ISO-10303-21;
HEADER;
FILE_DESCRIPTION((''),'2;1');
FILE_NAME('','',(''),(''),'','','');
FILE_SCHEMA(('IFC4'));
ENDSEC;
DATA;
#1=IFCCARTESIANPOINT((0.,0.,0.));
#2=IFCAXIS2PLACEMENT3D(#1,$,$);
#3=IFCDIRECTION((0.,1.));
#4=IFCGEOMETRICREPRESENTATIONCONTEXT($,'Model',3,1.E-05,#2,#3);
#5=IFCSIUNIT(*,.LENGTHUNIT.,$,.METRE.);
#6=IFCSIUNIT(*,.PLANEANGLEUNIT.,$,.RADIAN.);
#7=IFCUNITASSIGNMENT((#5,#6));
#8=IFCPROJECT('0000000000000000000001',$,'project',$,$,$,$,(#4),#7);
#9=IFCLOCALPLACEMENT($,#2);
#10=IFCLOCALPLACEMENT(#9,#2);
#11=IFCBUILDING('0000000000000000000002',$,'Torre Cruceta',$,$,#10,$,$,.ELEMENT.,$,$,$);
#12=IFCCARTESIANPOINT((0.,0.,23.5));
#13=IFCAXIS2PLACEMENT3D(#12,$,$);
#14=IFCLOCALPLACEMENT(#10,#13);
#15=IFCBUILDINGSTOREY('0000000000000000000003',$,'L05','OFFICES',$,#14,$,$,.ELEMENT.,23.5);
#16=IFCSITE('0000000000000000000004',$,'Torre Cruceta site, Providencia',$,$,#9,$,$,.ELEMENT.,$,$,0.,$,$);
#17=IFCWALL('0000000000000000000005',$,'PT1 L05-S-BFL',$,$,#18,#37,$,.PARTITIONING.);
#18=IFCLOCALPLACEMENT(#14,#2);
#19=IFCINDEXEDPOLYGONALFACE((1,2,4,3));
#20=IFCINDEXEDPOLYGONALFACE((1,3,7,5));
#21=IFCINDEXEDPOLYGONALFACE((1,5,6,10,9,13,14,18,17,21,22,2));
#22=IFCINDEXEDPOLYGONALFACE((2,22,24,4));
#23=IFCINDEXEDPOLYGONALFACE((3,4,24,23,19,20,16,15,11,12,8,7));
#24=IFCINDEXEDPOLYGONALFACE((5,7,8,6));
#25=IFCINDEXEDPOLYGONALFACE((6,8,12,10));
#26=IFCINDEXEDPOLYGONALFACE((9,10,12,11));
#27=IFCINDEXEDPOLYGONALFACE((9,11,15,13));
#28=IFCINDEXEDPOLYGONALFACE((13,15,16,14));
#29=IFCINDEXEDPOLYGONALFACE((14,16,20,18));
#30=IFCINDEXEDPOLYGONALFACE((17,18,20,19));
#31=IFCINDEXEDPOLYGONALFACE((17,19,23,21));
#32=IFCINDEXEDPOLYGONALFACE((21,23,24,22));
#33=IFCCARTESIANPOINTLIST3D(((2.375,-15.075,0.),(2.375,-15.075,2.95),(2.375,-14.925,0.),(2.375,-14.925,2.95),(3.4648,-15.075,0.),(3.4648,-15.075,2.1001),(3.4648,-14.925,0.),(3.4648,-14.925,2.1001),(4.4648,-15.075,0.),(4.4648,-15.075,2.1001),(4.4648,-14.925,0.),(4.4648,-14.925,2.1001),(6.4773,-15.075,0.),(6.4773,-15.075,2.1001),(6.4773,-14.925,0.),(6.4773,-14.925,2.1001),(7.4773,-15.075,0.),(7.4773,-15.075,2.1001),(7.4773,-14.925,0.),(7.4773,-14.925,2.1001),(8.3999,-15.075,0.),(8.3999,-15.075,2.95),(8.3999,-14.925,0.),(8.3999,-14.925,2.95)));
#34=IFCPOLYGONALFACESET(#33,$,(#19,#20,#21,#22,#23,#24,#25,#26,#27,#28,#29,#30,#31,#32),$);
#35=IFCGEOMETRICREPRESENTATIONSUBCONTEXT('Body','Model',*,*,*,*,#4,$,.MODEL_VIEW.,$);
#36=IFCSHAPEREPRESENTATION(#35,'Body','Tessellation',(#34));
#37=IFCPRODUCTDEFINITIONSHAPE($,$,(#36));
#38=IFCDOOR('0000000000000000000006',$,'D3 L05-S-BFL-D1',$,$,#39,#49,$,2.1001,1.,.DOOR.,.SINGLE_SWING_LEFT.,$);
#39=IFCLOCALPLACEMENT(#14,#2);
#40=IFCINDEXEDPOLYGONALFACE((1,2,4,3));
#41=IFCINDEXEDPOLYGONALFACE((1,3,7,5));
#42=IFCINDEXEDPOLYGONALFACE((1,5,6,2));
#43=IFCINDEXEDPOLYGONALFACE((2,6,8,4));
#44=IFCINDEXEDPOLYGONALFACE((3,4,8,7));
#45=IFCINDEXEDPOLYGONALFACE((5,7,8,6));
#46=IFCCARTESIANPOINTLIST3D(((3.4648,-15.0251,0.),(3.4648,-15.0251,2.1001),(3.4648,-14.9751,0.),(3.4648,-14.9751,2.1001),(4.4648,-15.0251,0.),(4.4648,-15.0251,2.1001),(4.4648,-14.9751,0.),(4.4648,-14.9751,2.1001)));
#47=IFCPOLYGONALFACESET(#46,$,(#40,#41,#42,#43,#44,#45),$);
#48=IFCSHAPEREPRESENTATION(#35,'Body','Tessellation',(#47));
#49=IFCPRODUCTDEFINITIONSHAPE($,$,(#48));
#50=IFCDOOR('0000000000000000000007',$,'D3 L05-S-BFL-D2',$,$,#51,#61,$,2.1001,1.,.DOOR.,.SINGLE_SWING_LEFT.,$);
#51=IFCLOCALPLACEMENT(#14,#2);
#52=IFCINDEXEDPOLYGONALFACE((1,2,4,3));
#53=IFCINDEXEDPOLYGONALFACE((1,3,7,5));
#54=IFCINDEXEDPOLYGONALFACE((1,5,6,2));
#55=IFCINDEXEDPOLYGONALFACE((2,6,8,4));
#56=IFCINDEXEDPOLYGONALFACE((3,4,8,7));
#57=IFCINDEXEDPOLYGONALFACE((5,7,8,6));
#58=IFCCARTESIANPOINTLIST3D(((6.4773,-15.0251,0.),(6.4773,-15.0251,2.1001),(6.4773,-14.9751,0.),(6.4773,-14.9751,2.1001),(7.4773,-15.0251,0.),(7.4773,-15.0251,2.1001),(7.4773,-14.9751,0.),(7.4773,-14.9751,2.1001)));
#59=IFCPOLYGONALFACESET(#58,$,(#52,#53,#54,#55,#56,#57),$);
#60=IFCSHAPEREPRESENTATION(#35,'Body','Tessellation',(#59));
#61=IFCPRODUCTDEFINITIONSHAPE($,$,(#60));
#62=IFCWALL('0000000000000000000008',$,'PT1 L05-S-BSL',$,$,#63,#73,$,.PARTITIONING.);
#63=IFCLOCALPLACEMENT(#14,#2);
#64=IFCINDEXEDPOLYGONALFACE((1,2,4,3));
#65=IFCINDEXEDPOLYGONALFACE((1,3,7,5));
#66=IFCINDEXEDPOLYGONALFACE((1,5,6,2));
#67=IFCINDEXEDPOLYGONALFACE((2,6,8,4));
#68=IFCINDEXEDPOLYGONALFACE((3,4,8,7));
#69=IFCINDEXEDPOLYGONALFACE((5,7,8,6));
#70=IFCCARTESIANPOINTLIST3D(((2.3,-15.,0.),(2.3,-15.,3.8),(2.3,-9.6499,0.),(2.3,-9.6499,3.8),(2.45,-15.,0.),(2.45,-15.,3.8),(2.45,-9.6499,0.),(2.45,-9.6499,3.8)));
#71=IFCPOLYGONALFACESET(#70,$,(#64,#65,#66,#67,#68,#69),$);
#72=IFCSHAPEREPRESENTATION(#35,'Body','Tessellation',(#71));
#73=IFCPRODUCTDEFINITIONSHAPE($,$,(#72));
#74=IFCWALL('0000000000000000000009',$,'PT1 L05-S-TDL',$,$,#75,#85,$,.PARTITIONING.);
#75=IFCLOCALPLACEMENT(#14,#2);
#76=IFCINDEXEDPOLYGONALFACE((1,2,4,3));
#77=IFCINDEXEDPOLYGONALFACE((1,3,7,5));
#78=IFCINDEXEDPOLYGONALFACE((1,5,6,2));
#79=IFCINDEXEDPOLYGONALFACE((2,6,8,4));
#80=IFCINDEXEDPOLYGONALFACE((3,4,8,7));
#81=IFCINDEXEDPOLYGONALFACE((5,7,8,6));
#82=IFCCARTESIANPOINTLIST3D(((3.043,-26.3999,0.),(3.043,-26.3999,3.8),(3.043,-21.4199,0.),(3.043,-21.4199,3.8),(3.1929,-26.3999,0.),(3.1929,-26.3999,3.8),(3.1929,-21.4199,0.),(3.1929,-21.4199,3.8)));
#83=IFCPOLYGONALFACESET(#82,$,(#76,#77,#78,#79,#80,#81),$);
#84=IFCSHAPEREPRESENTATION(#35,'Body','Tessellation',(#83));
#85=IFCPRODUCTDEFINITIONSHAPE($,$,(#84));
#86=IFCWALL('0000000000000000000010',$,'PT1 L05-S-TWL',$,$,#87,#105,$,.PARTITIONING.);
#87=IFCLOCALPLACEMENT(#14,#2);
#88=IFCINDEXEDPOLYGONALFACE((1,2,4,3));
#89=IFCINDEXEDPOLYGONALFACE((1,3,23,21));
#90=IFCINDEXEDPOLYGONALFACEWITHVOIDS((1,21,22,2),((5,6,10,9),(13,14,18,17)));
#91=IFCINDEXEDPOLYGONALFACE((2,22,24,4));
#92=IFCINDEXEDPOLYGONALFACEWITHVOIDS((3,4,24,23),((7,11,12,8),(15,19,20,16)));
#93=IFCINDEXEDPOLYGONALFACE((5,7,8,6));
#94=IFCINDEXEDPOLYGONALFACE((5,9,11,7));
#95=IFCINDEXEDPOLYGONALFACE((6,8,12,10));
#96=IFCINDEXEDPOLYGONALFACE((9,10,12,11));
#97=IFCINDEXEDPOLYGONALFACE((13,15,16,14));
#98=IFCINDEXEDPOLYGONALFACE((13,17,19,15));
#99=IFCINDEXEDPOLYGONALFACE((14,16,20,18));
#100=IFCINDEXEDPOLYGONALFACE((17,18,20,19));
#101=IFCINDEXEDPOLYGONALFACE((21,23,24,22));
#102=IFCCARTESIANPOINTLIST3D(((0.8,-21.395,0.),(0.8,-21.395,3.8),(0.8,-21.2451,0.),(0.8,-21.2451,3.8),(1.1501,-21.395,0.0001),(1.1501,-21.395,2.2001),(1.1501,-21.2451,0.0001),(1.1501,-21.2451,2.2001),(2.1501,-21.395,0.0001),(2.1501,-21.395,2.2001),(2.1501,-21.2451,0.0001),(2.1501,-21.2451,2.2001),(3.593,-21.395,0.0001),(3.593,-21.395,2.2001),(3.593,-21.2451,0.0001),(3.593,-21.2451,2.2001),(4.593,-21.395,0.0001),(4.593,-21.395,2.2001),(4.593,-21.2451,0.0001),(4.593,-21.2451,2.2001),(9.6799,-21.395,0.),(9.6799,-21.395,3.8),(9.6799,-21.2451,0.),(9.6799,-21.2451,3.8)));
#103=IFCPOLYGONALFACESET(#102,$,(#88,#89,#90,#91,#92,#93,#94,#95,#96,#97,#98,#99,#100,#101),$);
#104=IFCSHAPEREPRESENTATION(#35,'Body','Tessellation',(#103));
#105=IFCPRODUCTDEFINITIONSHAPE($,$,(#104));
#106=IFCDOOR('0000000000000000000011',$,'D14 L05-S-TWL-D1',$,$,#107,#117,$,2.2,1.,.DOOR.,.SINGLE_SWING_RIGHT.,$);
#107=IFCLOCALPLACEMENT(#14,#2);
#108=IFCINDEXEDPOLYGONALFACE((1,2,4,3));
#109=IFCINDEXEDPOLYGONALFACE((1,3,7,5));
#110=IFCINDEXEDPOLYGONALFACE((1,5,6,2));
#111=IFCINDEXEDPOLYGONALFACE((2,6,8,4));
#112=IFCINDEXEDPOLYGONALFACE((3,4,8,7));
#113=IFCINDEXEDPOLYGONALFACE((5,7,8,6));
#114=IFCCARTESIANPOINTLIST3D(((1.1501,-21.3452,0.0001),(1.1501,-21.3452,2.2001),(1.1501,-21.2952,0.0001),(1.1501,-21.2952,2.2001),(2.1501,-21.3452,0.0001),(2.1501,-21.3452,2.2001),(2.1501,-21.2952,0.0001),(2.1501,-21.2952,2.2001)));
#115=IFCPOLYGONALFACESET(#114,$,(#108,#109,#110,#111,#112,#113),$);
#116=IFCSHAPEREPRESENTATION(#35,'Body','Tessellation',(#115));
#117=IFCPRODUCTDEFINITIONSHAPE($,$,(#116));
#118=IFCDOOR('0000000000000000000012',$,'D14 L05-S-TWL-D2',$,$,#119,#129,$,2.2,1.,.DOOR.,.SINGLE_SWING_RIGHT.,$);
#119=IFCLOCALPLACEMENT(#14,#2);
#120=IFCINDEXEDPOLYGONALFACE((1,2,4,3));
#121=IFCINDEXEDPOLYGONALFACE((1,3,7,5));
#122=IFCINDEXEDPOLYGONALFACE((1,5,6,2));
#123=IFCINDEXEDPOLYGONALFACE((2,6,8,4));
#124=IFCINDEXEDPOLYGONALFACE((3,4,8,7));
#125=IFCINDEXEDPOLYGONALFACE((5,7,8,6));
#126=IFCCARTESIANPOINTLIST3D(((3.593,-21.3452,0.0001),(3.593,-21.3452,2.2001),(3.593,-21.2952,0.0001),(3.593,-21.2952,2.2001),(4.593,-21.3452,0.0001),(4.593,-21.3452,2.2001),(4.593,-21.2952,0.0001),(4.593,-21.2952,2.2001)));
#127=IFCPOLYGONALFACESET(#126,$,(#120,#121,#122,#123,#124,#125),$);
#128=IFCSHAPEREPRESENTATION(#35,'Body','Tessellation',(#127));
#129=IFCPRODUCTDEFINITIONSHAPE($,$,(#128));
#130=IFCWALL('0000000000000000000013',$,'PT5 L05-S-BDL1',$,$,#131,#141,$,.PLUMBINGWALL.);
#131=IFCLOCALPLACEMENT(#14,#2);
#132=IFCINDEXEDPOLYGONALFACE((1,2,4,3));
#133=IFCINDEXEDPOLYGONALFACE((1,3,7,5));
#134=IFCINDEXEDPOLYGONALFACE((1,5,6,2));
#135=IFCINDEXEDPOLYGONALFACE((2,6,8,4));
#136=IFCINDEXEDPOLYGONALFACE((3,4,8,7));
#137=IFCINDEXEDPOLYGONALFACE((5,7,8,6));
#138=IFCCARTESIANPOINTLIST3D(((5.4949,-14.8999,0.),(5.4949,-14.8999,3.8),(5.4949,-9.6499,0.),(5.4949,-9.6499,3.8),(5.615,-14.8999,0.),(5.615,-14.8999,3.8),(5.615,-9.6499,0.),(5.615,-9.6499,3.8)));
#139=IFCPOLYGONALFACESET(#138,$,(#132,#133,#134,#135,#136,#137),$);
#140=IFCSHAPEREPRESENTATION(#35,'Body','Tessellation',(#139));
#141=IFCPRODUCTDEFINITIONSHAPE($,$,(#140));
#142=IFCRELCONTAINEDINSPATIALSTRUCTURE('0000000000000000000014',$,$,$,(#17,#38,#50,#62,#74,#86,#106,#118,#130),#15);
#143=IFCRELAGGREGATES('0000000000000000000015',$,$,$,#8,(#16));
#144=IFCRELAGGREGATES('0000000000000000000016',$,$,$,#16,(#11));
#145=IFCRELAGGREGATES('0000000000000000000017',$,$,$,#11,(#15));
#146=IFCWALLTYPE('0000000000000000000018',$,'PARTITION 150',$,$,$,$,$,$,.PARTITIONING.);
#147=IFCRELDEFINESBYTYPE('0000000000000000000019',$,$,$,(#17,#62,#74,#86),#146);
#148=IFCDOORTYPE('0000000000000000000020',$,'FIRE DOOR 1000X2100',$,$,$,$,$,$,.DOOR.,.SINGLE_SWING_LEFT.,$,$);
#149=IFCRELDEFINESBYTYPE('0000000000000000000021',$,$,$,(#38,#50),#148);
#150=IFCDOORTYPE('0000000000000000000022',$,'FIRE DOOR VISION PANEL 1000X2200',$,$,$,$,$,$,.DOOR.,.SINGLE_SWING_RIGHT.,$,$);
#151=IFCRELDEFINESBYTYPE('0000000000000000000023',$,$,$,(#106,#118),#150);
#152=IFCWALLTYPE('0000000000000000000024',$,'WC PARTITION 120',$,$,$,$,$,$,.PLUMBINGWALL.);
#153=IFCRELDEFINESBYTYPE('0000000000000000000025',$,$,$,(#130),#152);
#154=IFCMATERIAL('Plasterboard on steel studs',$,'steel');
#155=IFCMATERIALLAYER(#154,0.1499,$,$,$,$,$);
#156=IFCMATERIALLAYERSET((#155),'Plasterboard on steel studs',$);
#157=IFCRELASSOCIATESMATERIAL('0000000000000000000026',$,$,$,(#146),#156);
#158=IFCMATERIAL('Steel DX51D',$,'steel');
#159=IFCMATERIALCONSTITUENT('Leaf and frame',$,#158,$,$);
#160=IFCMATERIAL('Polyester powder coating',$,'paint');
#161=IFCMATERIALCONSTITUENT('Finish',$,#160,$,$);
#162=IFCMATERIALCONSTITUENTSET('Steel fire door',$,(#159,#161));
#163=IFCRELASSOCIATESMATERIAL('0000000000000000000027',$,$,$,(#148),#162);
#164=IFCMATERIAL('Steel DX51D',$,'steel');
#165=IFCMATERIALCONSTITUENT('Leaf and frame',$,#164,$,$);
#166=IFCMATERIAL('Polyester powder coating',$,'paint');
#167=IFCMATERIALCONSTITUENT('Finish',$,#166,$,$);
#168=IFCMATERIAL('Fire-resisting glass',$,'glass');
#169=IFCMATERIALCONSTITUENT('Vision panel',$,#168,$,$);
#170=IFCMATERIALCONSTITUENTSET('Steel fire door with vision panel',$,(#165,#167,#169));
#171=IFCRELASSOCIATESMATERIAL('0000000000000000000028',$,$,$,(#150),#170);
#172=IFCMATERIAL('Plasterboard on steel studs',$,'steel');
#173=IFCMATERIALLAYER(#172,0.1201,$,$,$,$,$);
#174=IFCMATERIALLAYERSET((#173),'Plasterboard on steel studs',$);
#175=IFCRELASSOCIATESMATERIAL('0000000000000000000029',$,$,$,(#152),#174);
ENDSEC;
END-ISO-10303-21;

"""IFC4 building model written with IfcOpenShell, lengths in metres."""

from ifc_helpers import new_model, si_unit, direction, frame, frame_2d, origin, place, context, subcontext, project, spatial, rectangle, extrude, material, layer, layer_set, constituent, constituent_set, type_object, element, fill, save


model = new_model("IFC4")

# Units and contexts
model_context = context("Model", 3, precision=1e-05, world=origin(), true_north=direction((0.0, 1.0)))
body_context = subcontext(model_context, "Body", "Model", "MODEL_VIEW")
ifc_project = project(units=[si_unit("LENGTHUNIT", "METRE"), si_unit("PLANEANGLEUNIT", "RADIAN")], contexts=[model_context])

# Site, building, storey
site_placement = place(None, origin())
site = spatial("IfcSite", under=ifc_project, at=site_placement, Name="Torre Cruceta site, Providencia", CompositionType="ELEMENT", RefElevation=0.0)
building_placement = place(site_placement, origin())
building = spatial("IfcBuilding", under=site, at=building_placement, Name="Torre Cruceta", CompositionType="ELEMENT")
storey_placement = place(building_placement, frame((0.0, 0.0, 23.5)))
storey = spatial("IfcBuildingStorey", under=building, at=storey_placement, Name="L05", Description="OFFICES", CompositionType="ELEMENT", Elevation=23.5)

# Wall, openings, doors
ifc_material_1 = material(Name="Plasterboard on steel studs", Category="steel")
ifc_layer_1 = layer(ifc_material_1, 0.1499)
ifc_layer_set_1 = layer_set([ifc_layer_1], Name="Plasterboard on steel studs")
wall_type_1 = type_object("IfcWallType", Name="PARTITION 150", PredefinedType="PARTITIONING", material=ifc_layer_set_1)
wall_1_placement = place(storey_placement, frame((2.375, -15.0, 0.0), z_axis=(0.0, 0.0, 1.0), x_axis=(1.0, 0.0, 0.0)))
wall_1 = element("IfcWall", 1, at=wall_1_placement, inside=storey, type_object=wall_type_1, Name="PT1 L05-S-BFL", PredefinedType="PARTITIONING", context=body_context, shape_type="SweptSolid", body=[
    extrude(rectangle(XDim=6.0249, YDim=0.1499, at=frame_2d((3.0125, 0.0))), origin(), (0.0, 0.0, 1.0), 2.95),
])
opening_1_placement = place(wall_1_placement, frame((1.0898, 0.0, 0.0)))
opening_1 = element("IfcOpeningElement", 2, at=opening_1_placement, cuts=wall_1, PredefinedType="OPENING", context=body_context, shape_type="SweptSolid", body=[
    extrude(rectangle(XDim=1.0, YDim=2.1001, at=frame_2d((0.5, 1.05))), frame((0.0, 0.085, 0.0), z_axis=(0.0, -1.0, 0.0), x_axis=(1.0, 0.0, 0.0)), (0.0, 0.0, 1.0), 0.1699),
])
opening_2_placement = place(wall_1_placement, frame((4.1023, 0.0, 0.0)))
opening_2 = element("IfcOpeningElement", 3, at=opening_2_placement, cuts=wall_1, PredefinedType="OPENING", context=body_context, shape_type="SweptSolid", body=[
    extrude(rectangle(XDim=1.0, YDim=2.1001, at=frame_2d((0.5, 1.05))), frame((0.0, 0.085, 0.0), z_axis=(0.0, -1.0, 0.0), x_axis=(1.0, 0.0, 0.0)), (0.0, 0.0, 1.0), 0.1699),
])
ifc_material_2 = material(Name="Steel DX51D", Category="steel")
ifc_constituent_1 = constituent(ifc_material_2, Name="Leaf and frame")
ifc_material_3 = material(Name="Polyester powder coating", Category="paint")
ifc_constituent_2 = constituent(ifc_material_3, Name="Finish")
ifc_constituent_set_1 = constituent_set(constituents=[ifc_constituent_1, ifc_constituent_2], Name="Steel fire door")
door_type_1 = type_object("IfcDoorType", Name="FIRE DOOR 1000X2100", OperationType="SINGLE_SWING_LEFT", PredefinedType="DOOR", material=ifc_constituent_set_1)
door_1_placement = place(opening_1_placement, origin())
door_1 = element("IfcDoor", 4, at=door_1_placement, inside=storey, type_object=door_type_1, Name="D3 L05-S-BFL-D1", OperationType="SINGLE_SWING_LEFT", OverallHeight=2.1001, OverallWidth=1.0, PredefinedType="DOOR", context=body_context, shape_type="SweptSolid", body=[
    extrude(rectangle(XDim=1.0, YDim=2.1001, at=frame_2d((0.5, 1.05))), frame((0.0, 0.0249, 0.0), z_axis=(0.0, -1.0, 0.0), x_axis=(1.0, 0.0, 0.0)), (0.0, 0.0, 1.0), 0.05),
])
fill(opening_1, door_1)
door_2_placement = place(opening_2_placement, origin())
door_2 = element("IfcDoor", 5, at=door_2_placement, inside=storey, type_object=door_type_1, Name="D3 L05-S-BFL-D2", OperationType="SINGLE_SWING_LEFT", OverallHeight=2.1001, OverallWidth=1.0, PredefinedType="DOOR", context=body_context, shape_type="SweptSolid", body=[
    extrude(rectangle(XDim=1.0, YDim=2.1001, at=frame_2d((0.5, 1.05))), frame((0.0, 0.0249, 0.0), z_axis=(0.0, -1.0, 0.0), x_axis=(1.0, 0.0, 0.0)), (0.0, 0.0, 1.0), 0.05),
])
fill(opening_2, door_2)

# Walls
wall_2_placement = place(storey_placement, frame((2.375, -9.6499, 0.0), z_axis=(0.0, 0.0, 1.0), x_axis=(0.0, -1.0, 0.0)))
element("IfcWall", 6, at=wall_2_placement, inside=storey, type_object=wall_type_1, Name="PT1 L05-S-BSL", PredefinedType="PARTITIONING", context=body_context, shape_type="SweptSolid", body=[
    extrude(rectangle(XDim=5.3501, YDim=0.1499, at=frame_2d((2.675, 0.0))), origin(), (0.0, 0.0, 1.0), 3.8),
])
wall_3_placement = place(storey_placement, frame((3.1179, -21.4199, 0.0), z_axis=(0.0, 0.0, 1.0), x_axis=(0.0, -1.0, 0.0)))
element("IfcWall", 7, at=wall_3_placement, inside=storey, type_object=wall_type_1, Name="PT1 L05-S-TDL", PredefinedType="PARTITIONING", context=body_context, shape_type="SweptSolid", body=[
    extrude(rectangle(XDim=4.98, YDim=0.1499, at=frame_2d((2.49, 0.0))), origin(), (0.0, 0.0, 1.0), 3.8),
])

# Wall, openings, doors
wall_4_placement = place(storey_placement, frame((0.8, -21.3201, 0.0), z_axis=(0.0, 0.0, 1.0), x_axis=(1.0, 0.0, 0.0)))
wall_4 = element("IfcWall", 8, at=wall_4_placement, inside=storey, type_object=wall_type_1, Name="PT1 L05-S-TWL", PredefinedType="PARTITIONING", context=body_context, shape_type="SweptSolid", body=[
    extrude(rectangle(XDim=8.8799, YDim=0.1499, at=frame_2d((4.4399, 0.0))), origin(), (0.0, 0.0, 1.0), 3.8),
])
opening_3_placement = place(wall_4_placement, frame((0.3501, 0.0, 0.0)))
opening_3 = element("IfcOpeningElement", 9, at=opening_3_placement, cuts=wall_4, PredefinedType="OPENING", context=body_context, shape_type="SweptSolid", body=[
    extrude(rectangle(XDim=1.0, YDim=2.2, at=frame_2d((0.5, 1.1001))), frame((0.0, 0.085, 0.0), z_axis=(0.0, -1.0, 0.0), x_axis=(1.0, 0.0, 0.0)), (0.0, 0.0, 1.0), 0.1699),
])
opening_4_placement = place(wall_4_placement, frame((2.793, 0.0, 0.0)))
opening_4 = element("IfcOpeningElement", 10, at=opening_4_placement, cuts=wall_4, PredefinedType="OPENING", context=body_context, shape_type="SweptSolid", body=[
    extrude(rectangle(XDim=1.0, YDim=2.2, at=frame_2d((0.5, 1.1001))), frame((0.0, 0.085, 0.0), z_axis=(0.0, -1.0, 0.0), x_axis=(1.0, 0.0, 0.0)), (0.0, 0.0, 1.0), 0.1699),
])
ifc_material_4 = material(Name="Steel DX51D", Category="steel")
ifc_constituent_3 = constituent(ifc_material_4, Name="Leaf and frame")
ifc_material_5 = material(Name="Polyester powder coating", Category="paint")
ifc_constituent_4 = constituent(ifc_material_5, Name="Finish")
ifc_material_6 = material(Name="Fire-resisting glass", Category="glass")
ifc_constituent_5 = constituent(ifc_material_6, Name="Vision panel")
ifc_constituent_set_2 = constituent_set(constituents=[ifc_constituent_3, ifc_constituent_4, ifc_constituent_5], Name="Steel fire door with vision panel")
door_type_2 = type_object("IfcDoorType", Name="FIRE DOOR VISION PANEL 1000X2200", OperationType="SINGLE_SWING_RIGHT", PredefinedType="DOOR", material=ifc_constituent_set_2)
door_3_placement = place(opening_3_placement, frame((1.0, 0.0, 0.0), z_axis=(0.0, 0.0, 1.0), x_axis=(-1.0, 0.0, 0.0)))
door_3 = element("IfcDoor", 11, at=door_3_placement, inside=storey, type_object=door_type_2, Name="D14 L05-S-TWL-D1", OperationType="SINGLE_SWING_RIGHT", OverallHeight=2.2, OverallWidth=1.0, PredefinedType="DOOR", context=body_context, shape_type="SweptSolid", body=[
    extrude(rectangle(XDim=1.0, YDim=2.2, at=frame_2d((0.5, 1.1001))), frame((0.0, 0.0251, 0.0), z_axis=(0.0, -1.0, 0.0), x_axis=(1.0, 0.0, 0.0)), (0.0, 0.0, 1.0), 0.05),
])
fill(opening_3, door_3)
door_4_placement = place(opening_4_placement, frame((1.0, 0.0, 0.0), z_axis=(0.0, 0.0, 1.0), x_axis=(-1.0, 0.0, 0.0)))
door_4 = element("IfcDoor", 12, at=door_4_placement, inside=storey, type_object=door_type_2, Name="D14 L05-S-TWL-D2", OperationType="SINGLE_SWING_RIGHT", OverallHeight=2.2, OverallWidth=1.0, PredefinedType="DOOR", context=body_context, shape_type="SweptSolid", body=[
    extrude(rectangle(XDim=1.0, YDim=2.2, at=frame_2d((0.5, 1.1001))), frame((0.0, 0.0251, 0.0), z_axis=(0.0, -1.0, 0.0), x_axis=(1.0, 0.0, 0.0)), (0.0, 0.0, 1.0), 0.05),
])
fill(opening_4, door_4)

# Wall
ifc_material_7 = material(Name="Plasterboard on steel studs", Category="steel")
ifc_layer_2 = layer(ifc_material_7, 0.1201)
ifc_layer_set_2 = layer_set([ifc_layer_2], Name="Plasterboard on steel studs")
wall_type_2 = type_object("IfcWallType", Name="WC PARTITION 120", PredefinedType="PLUMBINGWALL", material=ifc_layer_set_2)
wall_5_placement = place(storey_placement, frame((5.5549, -9.6499, 0.0), z_axis=(0.0, 0.0, 1.0), x_axis=(0.0, -1.0, 0.0)))
element("IfcWall", 13, at=wall_5_placement, inside=storey, type_object=wall_type_2, Name="PT5 L05-S-BDL1", PredefinedType="PLUMBINGWALL", context=body_context, shape_type="SweptSolid", body=[
    extrude(rectangle(XDim=5.25, YDim=0.1201, at=frame_2d((2.625, 0.0))), origin(), (0.0, 0.0, 1.0), 3.8),
])

save(model, "model.ifc")
